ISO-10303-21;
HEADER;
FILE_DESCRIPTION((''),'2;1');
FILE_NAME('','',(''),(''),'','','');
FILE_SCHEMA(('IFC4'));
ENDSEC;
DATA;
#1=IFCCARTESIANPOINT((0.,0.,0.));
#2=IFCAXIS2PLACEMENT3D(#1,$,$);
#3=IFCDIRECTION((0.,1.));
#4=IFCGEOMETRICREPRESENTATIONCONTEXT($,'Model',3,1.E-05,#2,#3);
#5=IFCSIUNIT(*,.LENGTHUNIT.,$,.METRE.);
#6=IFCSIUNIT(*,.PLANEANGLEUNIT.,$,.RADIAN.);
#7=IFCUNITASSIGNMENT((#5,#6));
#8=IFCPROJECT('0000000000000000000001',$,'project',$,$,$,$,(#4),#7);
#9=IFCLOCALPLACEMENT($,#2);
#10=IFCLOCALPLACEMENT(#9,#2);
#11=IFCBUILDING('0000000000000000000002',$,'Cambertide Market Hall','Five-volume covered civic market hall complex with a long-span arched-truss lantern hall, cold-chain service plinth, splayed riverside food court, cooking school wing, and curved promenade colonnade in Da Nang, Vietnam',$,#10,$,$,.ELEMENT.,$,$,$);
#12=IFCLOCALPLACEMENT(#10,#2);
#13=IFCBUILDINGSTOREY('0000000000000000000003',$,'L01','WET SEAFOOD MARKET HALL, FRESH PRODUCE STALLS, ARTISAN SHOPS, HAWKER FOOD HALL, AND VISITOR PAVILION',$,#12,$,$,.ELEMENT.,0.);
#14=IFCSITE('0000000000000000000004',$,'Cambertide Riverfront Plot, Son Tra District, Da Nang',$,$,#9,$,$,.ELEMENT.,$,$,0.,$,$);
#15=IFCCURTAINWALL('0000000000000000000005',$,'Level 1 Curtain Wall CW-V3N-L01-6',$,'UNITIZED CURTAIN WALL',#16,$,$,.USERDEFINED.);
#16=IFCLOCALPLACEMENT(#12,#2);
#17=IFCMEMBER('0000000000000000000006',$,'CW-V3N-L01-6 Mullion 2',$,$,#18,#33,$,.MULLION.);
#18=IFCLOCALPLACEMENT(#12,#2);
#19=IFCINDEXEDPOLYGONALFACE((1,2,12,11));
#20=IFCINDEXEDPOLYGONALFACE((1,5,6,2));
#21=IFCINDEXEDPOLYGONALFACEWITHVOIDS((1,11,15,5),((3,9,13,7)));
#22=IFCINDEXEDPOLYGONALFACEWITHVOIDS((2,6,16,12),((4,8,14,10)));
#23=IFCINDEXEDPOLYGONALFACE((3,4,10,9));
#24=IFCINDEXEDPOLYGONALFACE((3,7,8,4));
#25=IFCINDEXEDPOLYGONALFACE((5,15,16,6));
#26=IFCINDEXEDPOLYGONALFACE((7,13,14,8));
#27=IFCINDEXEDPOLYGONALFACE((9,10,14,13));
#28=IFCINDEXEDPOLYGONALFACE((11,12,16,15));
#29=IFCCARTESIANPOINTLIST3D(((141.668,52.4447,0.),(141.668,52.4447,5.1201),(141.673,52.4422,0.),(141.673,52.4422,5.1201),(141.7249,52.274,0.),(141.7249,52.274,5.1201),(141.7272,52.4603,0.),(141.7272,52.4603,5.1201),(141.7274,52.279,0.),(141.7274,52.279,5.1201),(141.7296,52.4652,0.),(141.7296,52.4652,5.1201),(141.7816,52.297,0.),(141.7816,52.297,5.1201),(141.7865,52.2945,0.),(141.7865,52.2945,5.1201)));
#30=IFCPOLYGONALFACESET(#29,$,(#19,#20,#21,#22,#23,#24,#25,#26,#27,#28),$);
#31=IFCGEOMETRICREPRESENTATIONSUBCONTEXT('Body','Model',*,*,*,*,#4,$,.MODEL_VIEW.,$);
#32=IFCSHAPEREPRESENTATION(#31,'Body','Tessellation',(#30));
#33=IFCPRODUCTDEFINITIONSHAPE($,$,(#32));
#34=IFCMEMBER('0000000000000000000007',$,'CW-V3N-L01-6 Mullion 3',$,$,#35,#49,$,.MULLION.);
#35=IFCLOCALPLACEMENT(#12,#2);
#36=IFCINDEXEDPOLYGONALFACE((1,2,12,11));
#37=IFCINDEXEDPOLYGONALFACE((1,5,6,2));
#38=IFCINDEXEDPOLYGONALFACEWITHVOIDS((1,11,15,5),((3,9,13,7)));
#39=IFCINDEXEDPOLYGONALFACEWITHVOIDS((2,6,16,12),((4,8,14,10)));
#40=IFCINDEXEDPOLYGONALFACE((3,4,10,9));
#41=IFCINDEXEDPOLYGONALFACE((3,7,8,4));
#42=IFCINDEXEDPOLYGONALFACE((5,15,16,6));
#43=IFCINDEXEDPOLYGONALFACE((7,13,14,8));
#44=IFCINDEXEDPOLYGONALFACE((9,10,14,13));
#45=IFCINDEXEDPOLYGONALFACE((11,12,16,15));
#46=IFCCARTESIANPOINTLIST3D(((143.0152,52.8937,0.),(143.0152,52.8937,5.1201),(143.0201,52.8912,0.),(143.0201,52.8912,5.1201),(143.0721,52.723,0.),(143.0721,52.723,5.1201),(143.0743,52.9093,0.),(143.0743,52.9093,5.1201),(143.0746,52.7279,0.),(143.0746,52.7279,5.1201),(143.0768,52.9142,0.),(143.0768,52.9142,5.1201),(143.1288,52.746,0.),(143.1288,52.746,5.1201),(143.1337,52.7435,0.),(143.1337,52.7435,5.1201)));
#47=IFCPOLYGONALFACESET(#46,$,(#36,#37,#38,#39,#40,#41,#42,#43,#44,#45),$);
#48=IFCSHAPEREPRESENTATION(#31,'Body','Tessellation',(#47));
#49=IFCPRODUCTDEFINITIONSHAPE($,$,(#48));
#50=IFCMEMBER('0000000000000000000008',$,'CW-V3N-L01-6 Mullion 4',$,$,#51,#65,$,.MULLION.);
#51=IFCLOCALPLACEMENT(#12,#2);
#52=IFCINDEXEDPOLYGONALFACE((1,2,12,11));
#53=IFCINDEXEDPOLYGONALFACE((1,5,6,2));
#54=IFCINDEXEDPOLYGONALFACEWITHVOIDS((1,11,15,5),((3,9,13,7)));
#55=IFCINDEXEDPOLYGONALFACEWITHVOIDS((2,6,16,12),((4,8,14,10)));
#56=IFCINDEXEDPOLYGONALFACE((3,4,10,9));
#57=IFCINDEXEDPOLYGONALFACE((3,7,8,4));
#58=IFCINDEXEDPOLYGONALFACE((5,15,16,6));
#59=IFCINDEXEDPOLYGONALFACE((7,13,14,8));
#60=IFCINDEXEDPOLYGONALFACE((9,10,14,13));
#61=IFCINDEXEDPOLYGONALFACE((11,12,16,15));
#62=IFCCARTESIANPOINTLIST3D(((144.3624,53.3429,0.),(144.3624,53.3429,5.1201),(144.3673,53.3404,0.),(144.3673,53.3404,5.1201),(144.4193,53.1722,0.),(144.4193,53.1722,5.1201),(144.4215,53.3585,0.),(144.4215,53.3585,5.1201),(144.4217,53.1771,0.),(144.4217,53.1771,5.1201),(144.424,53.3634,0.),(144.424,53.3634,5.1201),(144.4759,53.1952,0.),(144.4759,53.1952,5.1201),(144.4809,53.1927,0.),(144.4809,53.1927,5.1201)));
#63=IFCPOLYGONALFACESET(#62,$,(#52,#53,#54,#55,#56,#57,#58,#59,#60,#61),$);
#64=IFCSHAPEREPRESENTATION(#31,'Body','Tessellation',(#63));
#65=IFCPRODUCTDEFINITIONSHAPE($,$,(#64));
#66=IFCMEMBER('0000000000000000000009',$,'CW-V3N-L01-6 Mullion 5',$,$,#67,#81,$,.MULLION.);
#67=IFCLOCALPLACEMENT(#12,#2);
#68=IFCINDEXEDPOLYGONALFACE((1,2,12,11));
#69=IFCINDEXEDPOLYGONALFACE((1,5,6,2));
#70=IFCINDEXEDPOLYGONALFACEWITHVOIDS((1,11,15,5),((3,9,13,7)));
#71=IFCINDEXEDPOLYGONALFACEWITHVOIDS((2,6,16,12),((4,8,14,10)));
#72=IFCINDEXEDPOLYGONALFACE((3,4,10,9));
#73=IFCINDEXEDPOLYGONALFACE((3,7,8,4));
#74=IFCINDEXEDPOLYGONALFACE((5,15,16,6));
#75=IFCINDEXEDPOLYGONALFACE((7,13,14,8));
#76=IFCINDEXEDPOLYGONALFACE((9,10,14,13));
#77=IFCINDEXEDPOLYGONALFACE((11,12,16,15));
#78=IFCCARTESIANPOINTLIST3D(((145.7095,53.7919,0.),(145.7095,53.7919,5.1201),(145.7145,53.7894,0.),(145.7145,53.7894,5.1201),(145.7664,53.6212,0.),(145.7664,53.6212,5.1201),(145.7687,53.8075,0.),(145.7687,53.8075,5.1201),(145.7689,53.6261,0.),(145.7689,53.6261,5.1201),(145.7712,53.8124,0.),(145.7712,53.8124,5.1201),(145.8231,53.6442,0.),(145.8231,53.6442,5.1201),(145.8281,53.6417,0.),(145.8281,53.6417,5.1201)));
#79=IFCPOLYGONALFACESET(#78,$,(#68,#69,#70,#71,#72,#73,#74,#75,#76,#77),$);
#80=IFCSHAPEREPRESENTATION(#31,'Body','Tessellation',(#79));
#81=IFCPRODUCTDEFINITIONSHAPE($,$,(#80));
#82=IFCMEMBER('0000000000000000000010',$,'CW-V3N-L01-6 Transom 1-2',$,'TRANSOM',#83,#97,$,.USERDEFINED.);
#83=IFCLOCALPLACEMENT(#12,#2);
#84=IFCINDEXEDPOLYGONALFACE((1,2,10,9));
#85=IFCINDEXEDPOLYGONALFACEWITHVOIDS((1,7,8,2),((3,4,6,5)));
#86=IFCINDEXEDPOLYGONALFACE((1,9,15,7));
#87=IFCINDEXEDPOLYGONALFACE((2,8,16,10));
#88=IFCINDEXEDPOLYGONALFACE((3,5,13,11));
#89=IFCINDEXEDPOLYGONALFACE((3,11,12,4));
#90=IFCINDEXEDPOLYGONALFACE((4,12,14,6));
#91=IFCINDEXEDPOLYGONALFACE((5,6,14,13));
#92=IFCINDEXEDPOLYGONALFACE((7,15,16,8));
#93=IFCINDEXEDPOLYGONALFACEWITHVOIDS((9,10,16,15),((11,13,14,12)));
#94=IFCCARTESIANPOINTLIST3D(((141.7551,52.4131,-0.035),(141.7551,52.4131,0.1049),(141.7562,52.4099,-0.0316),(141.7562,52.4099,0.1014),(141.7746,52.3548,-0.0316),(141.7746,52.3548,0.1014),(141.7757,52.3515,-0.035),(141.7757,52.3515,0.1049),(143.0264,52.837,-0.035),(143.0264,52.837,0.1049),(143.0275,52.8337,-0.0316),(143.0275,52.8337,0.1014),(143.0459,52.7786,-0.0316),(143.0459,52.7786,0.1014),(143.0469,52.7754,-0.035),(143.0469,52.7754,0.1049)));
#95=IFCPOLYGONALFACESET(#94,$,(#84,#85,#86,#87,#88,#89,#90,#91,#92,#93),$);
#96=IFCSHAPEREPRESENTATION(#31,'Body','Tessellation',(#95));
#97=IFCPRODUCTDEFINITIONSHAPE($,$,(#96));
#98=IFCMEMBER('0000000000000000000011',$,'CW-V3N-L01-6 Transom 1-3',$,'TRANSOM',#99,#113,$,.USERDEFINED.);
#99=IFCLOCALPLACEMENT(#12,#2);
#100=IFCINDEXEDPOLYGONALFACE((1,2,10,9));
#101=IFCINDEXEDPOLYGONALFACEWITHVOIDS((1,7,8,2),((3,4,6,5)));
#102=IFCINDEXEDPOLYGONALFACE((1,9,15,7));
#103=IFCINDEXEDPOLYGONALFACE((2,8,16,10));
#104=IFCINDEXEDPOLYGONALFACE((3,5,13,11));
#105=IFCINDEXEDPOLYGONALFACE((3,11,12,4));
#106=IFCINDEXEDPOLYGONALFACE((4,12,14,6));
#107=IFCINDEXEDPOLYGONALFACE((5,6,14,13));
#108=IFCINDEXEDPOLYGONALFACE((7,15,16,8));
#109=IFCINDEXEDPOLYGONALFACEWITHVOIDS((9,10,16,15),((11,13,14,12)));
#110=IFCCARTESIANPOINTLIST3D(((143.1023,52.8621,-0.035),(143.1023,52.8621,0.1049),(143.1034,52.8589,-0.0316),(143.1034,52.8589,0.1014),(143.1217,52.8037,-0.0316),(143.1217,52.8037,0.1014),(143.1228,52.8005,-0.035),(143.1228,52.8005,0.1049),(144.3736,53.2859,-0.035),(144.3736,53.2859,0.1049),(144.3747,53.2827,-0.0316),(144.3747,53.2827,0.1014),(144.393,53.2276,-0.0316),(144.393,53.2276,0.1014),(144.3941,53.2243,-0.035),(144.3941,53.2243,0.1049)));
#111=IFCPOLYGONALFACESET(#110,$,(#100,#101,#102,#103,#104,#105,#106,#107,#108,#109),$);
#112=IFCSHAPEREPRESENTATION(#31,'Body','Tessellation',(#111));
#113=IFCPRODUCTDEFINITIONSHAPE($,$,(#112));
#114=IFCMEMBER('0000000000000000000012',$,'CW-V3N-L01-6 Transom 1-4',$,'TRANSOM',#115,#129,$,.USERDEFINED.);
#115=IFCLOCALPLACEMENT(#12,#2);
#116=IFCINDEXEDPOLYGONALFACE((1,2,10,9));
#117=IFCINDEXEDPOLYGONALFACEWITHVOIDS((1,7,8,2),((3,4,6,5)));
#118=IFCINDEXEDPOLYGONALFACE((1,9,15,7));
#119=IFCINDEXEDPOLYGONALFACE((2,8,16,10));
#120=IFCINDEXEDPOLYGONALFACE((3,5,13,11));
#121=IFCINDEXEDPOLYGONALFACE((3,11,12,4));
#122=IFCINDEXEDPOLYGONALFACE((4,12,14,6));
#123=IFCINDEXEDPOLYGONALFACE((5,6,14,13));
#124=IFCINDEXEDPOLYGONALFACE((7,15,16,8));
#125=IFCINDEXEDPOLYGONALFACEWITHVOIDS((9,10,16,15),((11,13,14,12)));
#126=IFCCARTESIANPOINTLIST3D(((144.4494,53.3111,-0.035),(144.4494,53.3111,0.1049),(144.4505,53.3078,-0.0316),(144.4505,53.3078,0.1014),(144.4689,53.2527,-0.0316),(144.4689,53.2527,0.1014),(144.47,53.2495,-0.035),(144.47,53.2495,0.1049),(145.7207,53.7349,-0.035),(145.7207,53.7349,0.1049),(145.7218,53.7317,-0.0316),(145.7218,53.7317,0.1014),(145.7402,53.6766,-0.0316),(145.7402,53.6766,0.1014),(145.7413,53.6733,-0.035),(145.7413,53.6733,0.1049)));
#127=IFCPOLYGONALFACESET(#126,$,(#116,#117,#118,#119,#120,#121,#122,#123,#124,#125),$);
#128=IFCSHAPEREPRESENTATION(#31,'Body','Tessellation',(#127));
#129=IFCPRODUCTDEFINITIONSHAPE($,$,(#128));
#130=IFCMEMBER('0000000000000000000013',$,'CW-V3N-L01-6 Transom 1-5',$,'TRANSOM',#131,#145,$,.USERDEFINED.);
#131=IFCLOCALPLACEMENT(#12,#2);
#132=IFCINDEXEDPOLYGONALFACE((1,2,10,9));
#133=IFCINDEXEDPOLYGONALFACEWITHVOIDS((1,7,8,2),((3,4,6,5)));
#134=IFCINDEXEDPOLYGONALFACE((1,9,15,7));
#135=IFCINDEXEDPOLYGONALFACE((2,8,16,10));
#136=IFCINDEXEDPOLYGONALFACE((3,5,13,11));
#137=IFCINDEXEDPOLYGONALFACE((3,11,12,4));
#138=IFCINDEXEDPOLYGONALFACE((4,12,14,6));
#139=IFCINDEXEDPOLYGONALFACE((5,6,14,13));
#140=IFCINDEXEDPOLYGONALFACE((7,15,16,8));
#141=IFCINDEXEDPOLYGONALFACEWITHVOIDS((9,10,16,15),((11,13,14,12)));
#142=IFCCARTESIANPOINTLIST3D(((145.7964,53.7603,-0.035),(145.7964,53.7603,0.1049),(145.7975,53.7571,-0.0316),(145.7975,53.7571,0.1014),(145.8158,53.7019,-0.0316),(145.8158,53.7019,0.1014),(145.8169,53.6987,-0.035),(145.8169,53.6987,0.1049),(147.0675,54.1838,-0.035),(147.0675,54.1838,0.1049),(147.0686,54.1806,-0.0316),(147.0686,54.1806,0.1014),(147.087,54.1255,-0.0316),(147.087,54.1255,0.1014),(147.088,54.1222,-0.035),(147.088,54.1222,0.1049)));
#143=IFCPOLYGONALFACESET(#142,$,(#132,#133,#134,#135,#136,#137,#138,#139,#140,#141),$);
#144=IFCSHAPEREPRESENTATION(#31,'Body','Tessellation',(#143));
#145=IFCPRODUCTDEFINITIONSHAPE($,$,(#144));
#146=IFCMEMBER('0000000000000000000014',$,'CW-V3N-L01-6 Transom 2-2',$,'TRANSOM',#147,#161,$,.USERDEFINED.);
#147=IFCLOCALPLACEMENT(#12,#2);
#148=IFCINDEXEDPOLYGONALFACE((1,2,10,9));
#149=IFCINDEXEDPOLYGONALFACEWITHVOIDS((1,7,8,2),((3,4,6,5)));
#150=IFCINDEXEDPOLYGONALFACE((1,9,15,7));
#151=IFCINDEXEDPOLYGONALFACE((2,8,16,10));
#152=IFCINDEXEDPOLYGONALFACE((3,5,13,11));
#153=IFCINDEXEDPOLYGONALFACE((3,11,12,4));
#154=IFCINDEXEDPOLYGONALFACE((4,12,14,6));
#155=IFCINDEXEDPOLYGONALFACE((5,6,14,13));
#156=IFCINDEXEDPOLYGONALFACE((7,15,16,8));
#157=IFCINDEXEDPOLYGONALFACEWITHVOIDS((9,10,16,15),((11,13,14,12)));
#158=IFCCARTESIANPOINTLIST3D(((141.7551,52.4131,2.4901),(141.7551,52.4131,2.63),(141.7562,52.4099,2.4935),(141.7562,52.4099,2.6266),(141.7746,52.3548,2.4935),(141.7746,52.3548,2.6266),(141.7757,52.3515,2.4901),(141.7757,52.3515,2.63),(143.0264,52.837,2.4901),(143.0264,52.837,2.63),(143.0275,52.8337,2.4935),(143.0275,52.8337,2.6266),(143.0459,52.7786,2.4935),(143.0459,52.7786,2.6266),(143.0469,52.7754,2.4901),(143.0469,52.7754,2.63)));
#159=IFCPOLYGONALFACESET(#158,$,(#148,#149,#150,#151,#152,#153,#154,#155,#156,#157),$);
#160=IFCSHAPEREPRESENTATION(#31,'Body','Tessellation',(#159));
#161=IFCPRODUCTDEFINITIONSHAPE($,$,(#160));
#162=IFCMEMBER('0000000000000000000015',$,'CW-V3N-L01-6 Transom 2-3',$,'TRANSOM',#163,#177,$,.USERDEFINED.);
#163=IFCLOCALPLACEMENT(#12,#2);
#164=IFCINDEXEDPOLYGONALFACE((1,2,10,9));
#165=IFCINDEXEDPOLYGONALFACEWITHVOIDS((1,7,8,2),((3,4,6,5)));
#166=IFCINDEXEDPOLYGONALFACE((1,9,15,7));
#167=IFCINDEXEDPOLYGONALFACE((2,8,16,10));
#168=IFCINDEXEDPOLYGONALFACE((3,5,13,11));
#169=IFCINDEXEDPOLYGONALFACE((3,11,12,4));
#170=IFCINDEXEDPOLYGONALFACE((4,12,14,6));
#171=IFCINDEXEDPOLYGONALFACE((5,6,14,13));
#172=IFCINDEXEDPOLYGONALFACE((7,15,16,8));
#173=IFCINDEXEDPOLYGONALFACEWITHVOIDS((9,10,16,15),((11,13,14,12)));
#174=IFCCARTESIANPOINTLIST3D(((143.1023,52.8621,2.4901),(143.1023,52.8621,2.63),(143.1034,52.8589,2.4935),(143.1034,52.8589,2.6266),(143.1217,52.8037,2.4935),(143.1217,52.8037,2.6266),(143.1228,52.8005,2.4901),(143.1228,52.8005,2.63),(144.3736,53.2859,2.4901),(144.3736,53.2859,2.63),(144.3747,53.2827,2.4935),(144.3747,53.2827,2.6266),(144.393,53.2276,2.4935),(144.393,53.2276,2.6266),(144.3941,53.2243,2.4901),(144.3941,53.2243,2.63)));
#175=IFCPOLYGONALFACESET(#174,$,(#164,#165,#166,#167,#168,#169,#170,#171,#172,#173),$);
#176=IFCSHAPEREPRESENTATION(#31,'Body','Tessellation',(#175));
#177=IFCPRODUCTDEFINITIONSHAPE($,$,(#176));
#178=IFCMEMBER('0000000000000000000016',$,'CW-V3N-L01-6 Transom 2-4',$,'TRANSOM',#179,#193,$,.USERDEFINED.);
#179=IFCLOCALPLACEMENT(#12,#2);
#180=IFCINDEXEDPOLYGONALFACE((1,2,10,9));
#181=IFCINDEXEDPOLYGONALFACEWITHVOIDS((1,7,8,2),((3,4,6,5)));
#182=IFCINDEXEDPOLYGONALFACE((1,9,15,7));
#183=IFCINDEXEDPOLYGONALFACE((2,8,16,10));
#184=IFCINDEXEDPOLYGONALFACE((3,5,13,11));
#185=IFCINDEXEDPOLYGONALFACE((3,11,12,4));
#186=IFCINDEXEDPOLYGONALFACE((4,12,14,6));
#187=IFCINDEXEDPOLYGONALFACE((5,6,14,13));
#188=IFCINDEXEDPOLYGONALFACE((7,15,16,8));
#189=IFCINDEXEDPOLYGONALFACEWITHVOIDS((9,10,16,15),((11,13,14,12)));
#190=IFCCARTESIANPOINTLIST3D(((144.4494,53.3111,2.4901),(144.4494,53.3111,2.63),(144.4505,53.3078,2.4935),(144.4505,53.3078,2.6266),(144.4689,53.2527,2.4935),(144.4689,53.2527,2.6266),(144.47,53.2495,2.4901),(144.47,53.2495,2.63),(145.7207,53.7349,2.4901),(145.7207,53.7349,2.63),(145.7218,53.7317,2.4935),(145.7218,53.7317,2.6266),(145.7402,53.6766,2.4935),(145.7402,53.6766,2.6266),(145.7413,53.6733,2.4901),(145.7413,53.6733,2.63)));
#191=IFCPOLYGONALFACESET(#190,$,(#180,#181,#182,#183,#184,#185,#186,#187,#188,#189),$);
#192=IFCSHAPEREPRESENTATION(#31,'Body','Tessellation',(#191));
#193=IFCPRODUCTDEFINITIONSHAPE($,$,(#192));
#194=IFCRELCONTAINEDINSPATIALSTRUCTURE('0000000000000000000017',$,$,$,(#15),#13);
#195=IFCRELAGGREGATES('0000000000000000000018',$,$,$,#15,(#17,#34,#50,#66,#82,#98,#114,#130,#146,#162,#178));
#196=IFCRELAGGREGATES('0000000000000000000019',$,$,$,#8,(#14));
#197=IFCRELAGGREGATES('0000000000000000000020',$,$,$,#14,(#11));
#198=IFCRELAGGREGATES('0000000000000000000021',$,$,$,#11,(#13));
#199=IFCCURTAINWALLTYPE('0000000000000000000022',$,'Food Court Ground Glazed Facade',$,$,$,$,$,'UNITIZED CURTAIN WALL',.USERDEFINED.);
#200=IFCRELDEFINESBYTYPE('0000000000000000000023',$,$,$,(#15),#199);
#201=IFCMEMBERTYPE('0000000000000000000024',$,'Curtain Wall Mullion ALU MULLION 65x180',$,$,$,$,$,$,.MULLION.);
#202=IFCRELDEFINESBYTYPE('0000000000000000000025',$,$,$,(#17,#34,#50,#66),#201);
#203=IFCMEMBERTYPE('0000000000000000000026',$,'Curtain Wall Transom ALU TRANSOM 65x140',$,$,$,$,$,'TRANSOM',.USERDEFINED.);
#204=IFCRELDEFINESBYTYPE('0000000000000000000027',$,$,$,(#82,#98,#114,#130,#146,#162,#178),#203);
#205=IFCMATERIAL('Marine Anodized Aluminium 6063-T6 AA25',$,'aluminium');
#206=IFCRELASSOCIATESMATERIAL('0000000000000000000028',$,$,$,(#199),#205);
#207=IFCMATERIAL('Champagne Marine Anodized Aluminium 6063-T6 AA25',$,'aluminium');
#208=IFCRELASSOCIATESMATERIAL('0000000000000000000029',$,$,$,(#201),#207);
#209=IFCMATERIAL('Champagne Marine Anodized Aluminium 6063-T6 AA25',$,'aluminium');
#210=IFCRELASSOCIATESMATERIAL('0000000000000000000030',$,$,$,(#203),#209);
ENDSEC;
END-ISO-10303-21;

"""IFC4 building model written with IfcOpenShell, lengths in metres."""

from ifc_helpers import new_model, si_unit, direction, frame, origin, origin_2d, place, context, subcontext, project, spatial, hollow_rectangle, extrude, material, material_profile, profile_set, type_object, element, aggregate, save


model = new_model("IFC4")

# Units and contexts
model_context = context("Model", 3, precision=1e-05, world=origin(), true_north=direction((0.0, 1.0)))
body_context = subcontext(model_context, "Body", "Model", "MODEL_VIEW")
ifc_project = project(units=[si_unit("LENGTHUNIT", "METRE"), si_unit("PLANEANGLEUNIT", "RADIAN")], contexts=[model_context])

# Site, building, storey
site_placement = place(None, origin())
site = spatial("IfcSite", under=ifc_project, at=site_placement, Name="Cambertide Riverfront Plot, Son Tra District, Da Nang", CompositionType="ELEMENT", RefElevation=0.0)
building_placement = place(site_placement, origin())
building = spatial("IfcBuilding", under=site, at=building_placement, Name="Cambertide Market Hall", Description="Five-volume covered civic market hall complex with a long-span arched-truss lantern hall, cold-chain service plinth, splayed riverside food court, cooking school wing, and curved promenade colonnade in Da Nang, Vietnam", CompositionType="ELEMENT")
storey_placement = place(building_placement, origin())
storey = spatial("IfcBuildingStorey", under=building, at=storey_placement, Name="L01", Description="WET SEAFOOD MARKET HALL, FRESH PRODUCE STALLS, ARTISAN SHOPS, HAWKER FOOD HALL, AND VISITOR PAVILION", CompositionType="ELEMENT", Elevation=0.0)

# Curtain wall, members
ifc_material_1 = material(Name="Marine Anodized Aluminium 6063-T6 AA25", Category="aluminium")
curtain_wall_type = type_object("IfcCurtainWallType", Name="Food Court Ground Glazed Facade", ElementType="UNITIZED CURTAIN WALL", PredefinedType="USERDEFINED", material=ifc_material_1)
curtain_wall_placement = place(storey_placement, origin())
curtain_wall = element("IfcCurtainWall", 1, at=curtain_wall_placement, inside=storey, type_object=curtain_wall_type, Name="Level 1 Curtain Wall CW-V3N-L01-6", ObjectType="UNITIZED CURTAIN WALL", PredefinedType="USERDEFINED")
ifc_material_2 = material(Name="Champagne Marine Anodized Aluminium 6063-T6 AA25", Category="aluminium")
ifc_material_profile_1 = material_profile(ifc_material_2, hollow_rectangle(XDim=0.0649, YDim=0.1799, WallThickness=0.0039, at=origin_2d()), Name="ALU MULLION 65x180")
ifc_profile_set_1 = profile_set([ifc_material_profile_1], Name="Champagne Marine Anodized Aluminium 6063-T6 AA25")
member_type_1 = type_object("IfcMemberType", Name="Curtain Wall Mullion ALU MULLION 65x180", PredefinedType="MULLION", material=ifc_profile_set_1)
member_1_placement = place(storey_placement, frame((141.7273, 52.3696, 0.0), z_axis=(0.0, 0.0, 1.0), x_axis=(0.948683, 0.316228, 0.0)))
member_1 = element("IfcMember", 2, at=member_1_placement, type_object=member_type_1, Name="CW-V3N-L01-6 Mullion 2", PredefinedType="MULLION", context=body_context, shape_type="SweptSolid", body=[
    extrude(hollow_rectangle(XDim=0.0649, YDim=0.1799, WallThickness=0.0039, at=origin_2d()), origin(), (0.0, 0.0, 1.0), 5.1201),
])
member_2_placement = place(storey_placement, frame((143.0745, 52.8186, 0.0), z_axis=(0.0, 0.0, 1.0), x_axis=(0.948683, 0.316228, 0.0)))
member_2 = element("IfcMember", 3, at=member_2_placement, type_object=member_type_1, Name="CW-V3N-L01-6 Mullion 3", PredefinedType="MULLION", context=body_context, shape_type="SweptSolid", body=[
    extrude(hollow_rectangle(XDim=0.0649, YDim=0.1799, WallThickness=0.0039, at=origin_2d()), origin(), (0.0, 0.0, 1.0), 5.1201),
])
member_3_placement = place(storey_placement, frame((144.4216, 53.2678, 0.0), z_axis=(0.0, 0.0, 1.0), x_axis=(0.948683, 0.316228, 0.0)))
member_3 = element("IfcMember", 4, at=member_3_placement, type_object=member_type_1, Name="CW-V3N-L01-6 Mullion 4", PredefinedType="MULLION", context=body_context, shape_type="SweptSolid", body=[
    extrude(hollow_rectangle(XDim=0.0649, YDim=0.1799, WallThickness=0.0039, at=origin_2d()), origin(), (0.0, 0.0, 1.0), 5.1201),
])
member_4_placement = place(storey_placement, frame((145.7688, 53.7168, 0.0), z_axis=(0.0, 0.0, 1.0), x_axis=(0.948683, 0.316228, 0.0)))
member_4 = element("IfcMember", 5, at=member_4_placement, type_object=member_type_1, Name="CW-V3N-L01-6 Mullion 5", PredefinedType="MULLION", context=body_context, shape_type="SweptSolid", body=[
    extrude(hollow_rectangle(XDim=0.0649, YDim=0.1799, WallThickness=0.0039, at=origin_2d()), origin(), (0.0, 0.0, 1.0), 5.1201),
])
ifc_material_3 = material(Name="Champagne Marine Anodized Aluminium 6063-T6 AA25", Category="aluminium")
ifc_material_profile_2 = material_profile(ifc_material_3, hollow_rectangle(XDim=0.0649, YDim=0.1399, WallThickness=0.0034, at=origin_2d()), Name="ALU TRANSOM 65x140")
ifc_profile_set_2 = profile_set([ifc_material_profile_2], Name="Champagne Marine Anodized Aluminium 6063-T6 AA25")
member_type_2 = type_object("IfcMemberType", Name="Curtain Wall Transom ALU TRANSOM 65x140", ElementType="TRANSOM", PredefinedType="USERDEFINED", material=ifc_profile_set_2)
member_5_placement = place(storey_placement, frame((141.7654, 52.3823, 0.0349), z_axis=(0.948665, 0.316282, 0.0), x_axis=(-0.316282, 0.948665, 0.0)))
member_5 = element("IfcMember", 6, at=member_5_placement, type_object=member_type_2, Name="CW-V3N-L01-6 Transom 1-2", ObjectType="TRANSOM", PredefinedType="USERDEFINED", context=body_context, shape_type="SweptSolid", body=[
    extrude(hollow_rectangle(XDim=0.0649, YDim=0.1399, WallThickness=0.0034, at=origin_2d()), origin(), (0.0, 0.0, 1.0), 1.3401),
])
member_6_placement = place(storey_placement, frame((143.1125, 52.8313, 0.0349), z_axis=(0.948665, 0.316282, 0.0), x_axis=(-0.316282, 0.948665, 0.0)))
member_6 = element("IfcMember", 7, at=member_6_placement, type_object=member_type_2, Name="CW-V3N-L01-6 Transom 1-3", ObjectType="TRANSOM", PredefinedType="USERDEFINED", context=body_context, shape_type="SweptSolid", body=[
    extrude(hollow_rectangle(XDim=0.0649, YDim=0.1399, WallThickness=0.0034, at=origin_2d()), origin(), (0.0, 0.0, 1.0), 1.3401),
])
member_7_placement = place(storey_placement, frame((144.4597, 53.2803, 0.0349), z_axis=(0.948665, 0.316282, 0.0), x_axis=(-0.316282, 0.948665, 0.0)))
member_7 = element("IfcMember", 8, at=member_7_placement, type_object=member_type_2, Name="CW-V3N-L01-6 Transom 1-4", ObjectType="TRANSOM", PredefinedType="USERDEFINED", context=body_context, shape_type="SweptSolid", body=[
    extrude(hollow_rectangle(XDim=0.0649, YDim=0.1399, WallThickness=0.0034, at=origin_2d()), origin(), (0.0, 0.0, 1.0), 1.3401),
])
member_8_placement = place(storey_placement, frame((145.8066, 53.7295, 0.0349), z_axis=(0.94872, 0.316118, 0.0), x_axis=(-0.316118, 0.94872, 0.0)))
member_8 = element("IfcMember", 9, at=member_8_placement, type_object=member_type_2, Name="CW-V3N-L01-6 Transom 1-5", ObjectType="TRANSOM", PredefinedType="USERDEFINED", context=body_context, shape_type="SweptSolid", body=[
    extrude(hollow_rectangle(XDim=0.0649, YDim=0.1399, WallThickness=0.0034, at=origin_2d()), origin(), (0.0, 0.0, 1.0), 1.3398),
])
member_9_placement = place(storey_placement, frame((141.7654, 52.3823, 2.5601), z_axis=(0.948665, 0.316282, 0.0), x_axis=(-0.316282, 0.948665, 0.0)))
member_9 = element("IfcMember", 10, at=member_9_placement, type_object=member_type_2, Name="CW-V3N-L01-6 Transom 2-2", ObjectType="TRANSOM", PredefinedType="USERDEFINED", context=body_context, shape_type="SweptSolid", body=[
    extrude(hollow_rectangle(XDim=0.0649, YDim=0.1399, WallThickness=0.0034, at=origin_2d()), origin(), (0.0, 0.0, 1.0), 1.3401),
])
member_10_placement = place(storey_placement, frame((143.1125, 52.8313, 2.5601), z_axis=(0.948665, 0.316282, 0.0), x_axis=(-0.316282, 0.948665, 0.0)))
member_10 = element("IfcMember", 11, at=member_10_placement, type_object=member_type_2, Name="CW-V3N-L01-6 Transom 2-3", ObjectType="TRANSOM", PredefinedType="USERDEFINED", context=body_context, shape_type="SweptSolid", body=[
    extrude(hollow_rectangle(XDim=0.0649, YDim=0.1399, WallThickness=0.0034, at=origin_2d()), origin(), (0.0, 0.0, 1.0), 1.3401),
])
member_11_placement = place(storey_placement, frame((144.4597, 53.2803, 2.5601), z_axis=(0.948665, 0.316282, 0.0), x_axis=(-0.316282, 0.948665, 0.0)))
member_11 = element("IfcMember", 12, at=member_11_placement, type_object=member_type_2, Name="CW-V3N-L01-6 Transom 2-4", ObjectType="TRANSOM", PredefinedType="USERDEFINED", context=body_context, shape_type="SweptSolid", body=[
    extrude(hollow_rectangle(XDim=0.0649, YDim=0.1399, WallThickness=0.0034, at=origin_2d()), origin(), (0.0, 0.0, 1.0), 1.3401),
])
aggregate(curtain_wall, [member_1, member_2, member_3, member_4, member_5, member_6, member_7, member_8, member_9, member_10, member_11])

save(model, "model.ifc")
